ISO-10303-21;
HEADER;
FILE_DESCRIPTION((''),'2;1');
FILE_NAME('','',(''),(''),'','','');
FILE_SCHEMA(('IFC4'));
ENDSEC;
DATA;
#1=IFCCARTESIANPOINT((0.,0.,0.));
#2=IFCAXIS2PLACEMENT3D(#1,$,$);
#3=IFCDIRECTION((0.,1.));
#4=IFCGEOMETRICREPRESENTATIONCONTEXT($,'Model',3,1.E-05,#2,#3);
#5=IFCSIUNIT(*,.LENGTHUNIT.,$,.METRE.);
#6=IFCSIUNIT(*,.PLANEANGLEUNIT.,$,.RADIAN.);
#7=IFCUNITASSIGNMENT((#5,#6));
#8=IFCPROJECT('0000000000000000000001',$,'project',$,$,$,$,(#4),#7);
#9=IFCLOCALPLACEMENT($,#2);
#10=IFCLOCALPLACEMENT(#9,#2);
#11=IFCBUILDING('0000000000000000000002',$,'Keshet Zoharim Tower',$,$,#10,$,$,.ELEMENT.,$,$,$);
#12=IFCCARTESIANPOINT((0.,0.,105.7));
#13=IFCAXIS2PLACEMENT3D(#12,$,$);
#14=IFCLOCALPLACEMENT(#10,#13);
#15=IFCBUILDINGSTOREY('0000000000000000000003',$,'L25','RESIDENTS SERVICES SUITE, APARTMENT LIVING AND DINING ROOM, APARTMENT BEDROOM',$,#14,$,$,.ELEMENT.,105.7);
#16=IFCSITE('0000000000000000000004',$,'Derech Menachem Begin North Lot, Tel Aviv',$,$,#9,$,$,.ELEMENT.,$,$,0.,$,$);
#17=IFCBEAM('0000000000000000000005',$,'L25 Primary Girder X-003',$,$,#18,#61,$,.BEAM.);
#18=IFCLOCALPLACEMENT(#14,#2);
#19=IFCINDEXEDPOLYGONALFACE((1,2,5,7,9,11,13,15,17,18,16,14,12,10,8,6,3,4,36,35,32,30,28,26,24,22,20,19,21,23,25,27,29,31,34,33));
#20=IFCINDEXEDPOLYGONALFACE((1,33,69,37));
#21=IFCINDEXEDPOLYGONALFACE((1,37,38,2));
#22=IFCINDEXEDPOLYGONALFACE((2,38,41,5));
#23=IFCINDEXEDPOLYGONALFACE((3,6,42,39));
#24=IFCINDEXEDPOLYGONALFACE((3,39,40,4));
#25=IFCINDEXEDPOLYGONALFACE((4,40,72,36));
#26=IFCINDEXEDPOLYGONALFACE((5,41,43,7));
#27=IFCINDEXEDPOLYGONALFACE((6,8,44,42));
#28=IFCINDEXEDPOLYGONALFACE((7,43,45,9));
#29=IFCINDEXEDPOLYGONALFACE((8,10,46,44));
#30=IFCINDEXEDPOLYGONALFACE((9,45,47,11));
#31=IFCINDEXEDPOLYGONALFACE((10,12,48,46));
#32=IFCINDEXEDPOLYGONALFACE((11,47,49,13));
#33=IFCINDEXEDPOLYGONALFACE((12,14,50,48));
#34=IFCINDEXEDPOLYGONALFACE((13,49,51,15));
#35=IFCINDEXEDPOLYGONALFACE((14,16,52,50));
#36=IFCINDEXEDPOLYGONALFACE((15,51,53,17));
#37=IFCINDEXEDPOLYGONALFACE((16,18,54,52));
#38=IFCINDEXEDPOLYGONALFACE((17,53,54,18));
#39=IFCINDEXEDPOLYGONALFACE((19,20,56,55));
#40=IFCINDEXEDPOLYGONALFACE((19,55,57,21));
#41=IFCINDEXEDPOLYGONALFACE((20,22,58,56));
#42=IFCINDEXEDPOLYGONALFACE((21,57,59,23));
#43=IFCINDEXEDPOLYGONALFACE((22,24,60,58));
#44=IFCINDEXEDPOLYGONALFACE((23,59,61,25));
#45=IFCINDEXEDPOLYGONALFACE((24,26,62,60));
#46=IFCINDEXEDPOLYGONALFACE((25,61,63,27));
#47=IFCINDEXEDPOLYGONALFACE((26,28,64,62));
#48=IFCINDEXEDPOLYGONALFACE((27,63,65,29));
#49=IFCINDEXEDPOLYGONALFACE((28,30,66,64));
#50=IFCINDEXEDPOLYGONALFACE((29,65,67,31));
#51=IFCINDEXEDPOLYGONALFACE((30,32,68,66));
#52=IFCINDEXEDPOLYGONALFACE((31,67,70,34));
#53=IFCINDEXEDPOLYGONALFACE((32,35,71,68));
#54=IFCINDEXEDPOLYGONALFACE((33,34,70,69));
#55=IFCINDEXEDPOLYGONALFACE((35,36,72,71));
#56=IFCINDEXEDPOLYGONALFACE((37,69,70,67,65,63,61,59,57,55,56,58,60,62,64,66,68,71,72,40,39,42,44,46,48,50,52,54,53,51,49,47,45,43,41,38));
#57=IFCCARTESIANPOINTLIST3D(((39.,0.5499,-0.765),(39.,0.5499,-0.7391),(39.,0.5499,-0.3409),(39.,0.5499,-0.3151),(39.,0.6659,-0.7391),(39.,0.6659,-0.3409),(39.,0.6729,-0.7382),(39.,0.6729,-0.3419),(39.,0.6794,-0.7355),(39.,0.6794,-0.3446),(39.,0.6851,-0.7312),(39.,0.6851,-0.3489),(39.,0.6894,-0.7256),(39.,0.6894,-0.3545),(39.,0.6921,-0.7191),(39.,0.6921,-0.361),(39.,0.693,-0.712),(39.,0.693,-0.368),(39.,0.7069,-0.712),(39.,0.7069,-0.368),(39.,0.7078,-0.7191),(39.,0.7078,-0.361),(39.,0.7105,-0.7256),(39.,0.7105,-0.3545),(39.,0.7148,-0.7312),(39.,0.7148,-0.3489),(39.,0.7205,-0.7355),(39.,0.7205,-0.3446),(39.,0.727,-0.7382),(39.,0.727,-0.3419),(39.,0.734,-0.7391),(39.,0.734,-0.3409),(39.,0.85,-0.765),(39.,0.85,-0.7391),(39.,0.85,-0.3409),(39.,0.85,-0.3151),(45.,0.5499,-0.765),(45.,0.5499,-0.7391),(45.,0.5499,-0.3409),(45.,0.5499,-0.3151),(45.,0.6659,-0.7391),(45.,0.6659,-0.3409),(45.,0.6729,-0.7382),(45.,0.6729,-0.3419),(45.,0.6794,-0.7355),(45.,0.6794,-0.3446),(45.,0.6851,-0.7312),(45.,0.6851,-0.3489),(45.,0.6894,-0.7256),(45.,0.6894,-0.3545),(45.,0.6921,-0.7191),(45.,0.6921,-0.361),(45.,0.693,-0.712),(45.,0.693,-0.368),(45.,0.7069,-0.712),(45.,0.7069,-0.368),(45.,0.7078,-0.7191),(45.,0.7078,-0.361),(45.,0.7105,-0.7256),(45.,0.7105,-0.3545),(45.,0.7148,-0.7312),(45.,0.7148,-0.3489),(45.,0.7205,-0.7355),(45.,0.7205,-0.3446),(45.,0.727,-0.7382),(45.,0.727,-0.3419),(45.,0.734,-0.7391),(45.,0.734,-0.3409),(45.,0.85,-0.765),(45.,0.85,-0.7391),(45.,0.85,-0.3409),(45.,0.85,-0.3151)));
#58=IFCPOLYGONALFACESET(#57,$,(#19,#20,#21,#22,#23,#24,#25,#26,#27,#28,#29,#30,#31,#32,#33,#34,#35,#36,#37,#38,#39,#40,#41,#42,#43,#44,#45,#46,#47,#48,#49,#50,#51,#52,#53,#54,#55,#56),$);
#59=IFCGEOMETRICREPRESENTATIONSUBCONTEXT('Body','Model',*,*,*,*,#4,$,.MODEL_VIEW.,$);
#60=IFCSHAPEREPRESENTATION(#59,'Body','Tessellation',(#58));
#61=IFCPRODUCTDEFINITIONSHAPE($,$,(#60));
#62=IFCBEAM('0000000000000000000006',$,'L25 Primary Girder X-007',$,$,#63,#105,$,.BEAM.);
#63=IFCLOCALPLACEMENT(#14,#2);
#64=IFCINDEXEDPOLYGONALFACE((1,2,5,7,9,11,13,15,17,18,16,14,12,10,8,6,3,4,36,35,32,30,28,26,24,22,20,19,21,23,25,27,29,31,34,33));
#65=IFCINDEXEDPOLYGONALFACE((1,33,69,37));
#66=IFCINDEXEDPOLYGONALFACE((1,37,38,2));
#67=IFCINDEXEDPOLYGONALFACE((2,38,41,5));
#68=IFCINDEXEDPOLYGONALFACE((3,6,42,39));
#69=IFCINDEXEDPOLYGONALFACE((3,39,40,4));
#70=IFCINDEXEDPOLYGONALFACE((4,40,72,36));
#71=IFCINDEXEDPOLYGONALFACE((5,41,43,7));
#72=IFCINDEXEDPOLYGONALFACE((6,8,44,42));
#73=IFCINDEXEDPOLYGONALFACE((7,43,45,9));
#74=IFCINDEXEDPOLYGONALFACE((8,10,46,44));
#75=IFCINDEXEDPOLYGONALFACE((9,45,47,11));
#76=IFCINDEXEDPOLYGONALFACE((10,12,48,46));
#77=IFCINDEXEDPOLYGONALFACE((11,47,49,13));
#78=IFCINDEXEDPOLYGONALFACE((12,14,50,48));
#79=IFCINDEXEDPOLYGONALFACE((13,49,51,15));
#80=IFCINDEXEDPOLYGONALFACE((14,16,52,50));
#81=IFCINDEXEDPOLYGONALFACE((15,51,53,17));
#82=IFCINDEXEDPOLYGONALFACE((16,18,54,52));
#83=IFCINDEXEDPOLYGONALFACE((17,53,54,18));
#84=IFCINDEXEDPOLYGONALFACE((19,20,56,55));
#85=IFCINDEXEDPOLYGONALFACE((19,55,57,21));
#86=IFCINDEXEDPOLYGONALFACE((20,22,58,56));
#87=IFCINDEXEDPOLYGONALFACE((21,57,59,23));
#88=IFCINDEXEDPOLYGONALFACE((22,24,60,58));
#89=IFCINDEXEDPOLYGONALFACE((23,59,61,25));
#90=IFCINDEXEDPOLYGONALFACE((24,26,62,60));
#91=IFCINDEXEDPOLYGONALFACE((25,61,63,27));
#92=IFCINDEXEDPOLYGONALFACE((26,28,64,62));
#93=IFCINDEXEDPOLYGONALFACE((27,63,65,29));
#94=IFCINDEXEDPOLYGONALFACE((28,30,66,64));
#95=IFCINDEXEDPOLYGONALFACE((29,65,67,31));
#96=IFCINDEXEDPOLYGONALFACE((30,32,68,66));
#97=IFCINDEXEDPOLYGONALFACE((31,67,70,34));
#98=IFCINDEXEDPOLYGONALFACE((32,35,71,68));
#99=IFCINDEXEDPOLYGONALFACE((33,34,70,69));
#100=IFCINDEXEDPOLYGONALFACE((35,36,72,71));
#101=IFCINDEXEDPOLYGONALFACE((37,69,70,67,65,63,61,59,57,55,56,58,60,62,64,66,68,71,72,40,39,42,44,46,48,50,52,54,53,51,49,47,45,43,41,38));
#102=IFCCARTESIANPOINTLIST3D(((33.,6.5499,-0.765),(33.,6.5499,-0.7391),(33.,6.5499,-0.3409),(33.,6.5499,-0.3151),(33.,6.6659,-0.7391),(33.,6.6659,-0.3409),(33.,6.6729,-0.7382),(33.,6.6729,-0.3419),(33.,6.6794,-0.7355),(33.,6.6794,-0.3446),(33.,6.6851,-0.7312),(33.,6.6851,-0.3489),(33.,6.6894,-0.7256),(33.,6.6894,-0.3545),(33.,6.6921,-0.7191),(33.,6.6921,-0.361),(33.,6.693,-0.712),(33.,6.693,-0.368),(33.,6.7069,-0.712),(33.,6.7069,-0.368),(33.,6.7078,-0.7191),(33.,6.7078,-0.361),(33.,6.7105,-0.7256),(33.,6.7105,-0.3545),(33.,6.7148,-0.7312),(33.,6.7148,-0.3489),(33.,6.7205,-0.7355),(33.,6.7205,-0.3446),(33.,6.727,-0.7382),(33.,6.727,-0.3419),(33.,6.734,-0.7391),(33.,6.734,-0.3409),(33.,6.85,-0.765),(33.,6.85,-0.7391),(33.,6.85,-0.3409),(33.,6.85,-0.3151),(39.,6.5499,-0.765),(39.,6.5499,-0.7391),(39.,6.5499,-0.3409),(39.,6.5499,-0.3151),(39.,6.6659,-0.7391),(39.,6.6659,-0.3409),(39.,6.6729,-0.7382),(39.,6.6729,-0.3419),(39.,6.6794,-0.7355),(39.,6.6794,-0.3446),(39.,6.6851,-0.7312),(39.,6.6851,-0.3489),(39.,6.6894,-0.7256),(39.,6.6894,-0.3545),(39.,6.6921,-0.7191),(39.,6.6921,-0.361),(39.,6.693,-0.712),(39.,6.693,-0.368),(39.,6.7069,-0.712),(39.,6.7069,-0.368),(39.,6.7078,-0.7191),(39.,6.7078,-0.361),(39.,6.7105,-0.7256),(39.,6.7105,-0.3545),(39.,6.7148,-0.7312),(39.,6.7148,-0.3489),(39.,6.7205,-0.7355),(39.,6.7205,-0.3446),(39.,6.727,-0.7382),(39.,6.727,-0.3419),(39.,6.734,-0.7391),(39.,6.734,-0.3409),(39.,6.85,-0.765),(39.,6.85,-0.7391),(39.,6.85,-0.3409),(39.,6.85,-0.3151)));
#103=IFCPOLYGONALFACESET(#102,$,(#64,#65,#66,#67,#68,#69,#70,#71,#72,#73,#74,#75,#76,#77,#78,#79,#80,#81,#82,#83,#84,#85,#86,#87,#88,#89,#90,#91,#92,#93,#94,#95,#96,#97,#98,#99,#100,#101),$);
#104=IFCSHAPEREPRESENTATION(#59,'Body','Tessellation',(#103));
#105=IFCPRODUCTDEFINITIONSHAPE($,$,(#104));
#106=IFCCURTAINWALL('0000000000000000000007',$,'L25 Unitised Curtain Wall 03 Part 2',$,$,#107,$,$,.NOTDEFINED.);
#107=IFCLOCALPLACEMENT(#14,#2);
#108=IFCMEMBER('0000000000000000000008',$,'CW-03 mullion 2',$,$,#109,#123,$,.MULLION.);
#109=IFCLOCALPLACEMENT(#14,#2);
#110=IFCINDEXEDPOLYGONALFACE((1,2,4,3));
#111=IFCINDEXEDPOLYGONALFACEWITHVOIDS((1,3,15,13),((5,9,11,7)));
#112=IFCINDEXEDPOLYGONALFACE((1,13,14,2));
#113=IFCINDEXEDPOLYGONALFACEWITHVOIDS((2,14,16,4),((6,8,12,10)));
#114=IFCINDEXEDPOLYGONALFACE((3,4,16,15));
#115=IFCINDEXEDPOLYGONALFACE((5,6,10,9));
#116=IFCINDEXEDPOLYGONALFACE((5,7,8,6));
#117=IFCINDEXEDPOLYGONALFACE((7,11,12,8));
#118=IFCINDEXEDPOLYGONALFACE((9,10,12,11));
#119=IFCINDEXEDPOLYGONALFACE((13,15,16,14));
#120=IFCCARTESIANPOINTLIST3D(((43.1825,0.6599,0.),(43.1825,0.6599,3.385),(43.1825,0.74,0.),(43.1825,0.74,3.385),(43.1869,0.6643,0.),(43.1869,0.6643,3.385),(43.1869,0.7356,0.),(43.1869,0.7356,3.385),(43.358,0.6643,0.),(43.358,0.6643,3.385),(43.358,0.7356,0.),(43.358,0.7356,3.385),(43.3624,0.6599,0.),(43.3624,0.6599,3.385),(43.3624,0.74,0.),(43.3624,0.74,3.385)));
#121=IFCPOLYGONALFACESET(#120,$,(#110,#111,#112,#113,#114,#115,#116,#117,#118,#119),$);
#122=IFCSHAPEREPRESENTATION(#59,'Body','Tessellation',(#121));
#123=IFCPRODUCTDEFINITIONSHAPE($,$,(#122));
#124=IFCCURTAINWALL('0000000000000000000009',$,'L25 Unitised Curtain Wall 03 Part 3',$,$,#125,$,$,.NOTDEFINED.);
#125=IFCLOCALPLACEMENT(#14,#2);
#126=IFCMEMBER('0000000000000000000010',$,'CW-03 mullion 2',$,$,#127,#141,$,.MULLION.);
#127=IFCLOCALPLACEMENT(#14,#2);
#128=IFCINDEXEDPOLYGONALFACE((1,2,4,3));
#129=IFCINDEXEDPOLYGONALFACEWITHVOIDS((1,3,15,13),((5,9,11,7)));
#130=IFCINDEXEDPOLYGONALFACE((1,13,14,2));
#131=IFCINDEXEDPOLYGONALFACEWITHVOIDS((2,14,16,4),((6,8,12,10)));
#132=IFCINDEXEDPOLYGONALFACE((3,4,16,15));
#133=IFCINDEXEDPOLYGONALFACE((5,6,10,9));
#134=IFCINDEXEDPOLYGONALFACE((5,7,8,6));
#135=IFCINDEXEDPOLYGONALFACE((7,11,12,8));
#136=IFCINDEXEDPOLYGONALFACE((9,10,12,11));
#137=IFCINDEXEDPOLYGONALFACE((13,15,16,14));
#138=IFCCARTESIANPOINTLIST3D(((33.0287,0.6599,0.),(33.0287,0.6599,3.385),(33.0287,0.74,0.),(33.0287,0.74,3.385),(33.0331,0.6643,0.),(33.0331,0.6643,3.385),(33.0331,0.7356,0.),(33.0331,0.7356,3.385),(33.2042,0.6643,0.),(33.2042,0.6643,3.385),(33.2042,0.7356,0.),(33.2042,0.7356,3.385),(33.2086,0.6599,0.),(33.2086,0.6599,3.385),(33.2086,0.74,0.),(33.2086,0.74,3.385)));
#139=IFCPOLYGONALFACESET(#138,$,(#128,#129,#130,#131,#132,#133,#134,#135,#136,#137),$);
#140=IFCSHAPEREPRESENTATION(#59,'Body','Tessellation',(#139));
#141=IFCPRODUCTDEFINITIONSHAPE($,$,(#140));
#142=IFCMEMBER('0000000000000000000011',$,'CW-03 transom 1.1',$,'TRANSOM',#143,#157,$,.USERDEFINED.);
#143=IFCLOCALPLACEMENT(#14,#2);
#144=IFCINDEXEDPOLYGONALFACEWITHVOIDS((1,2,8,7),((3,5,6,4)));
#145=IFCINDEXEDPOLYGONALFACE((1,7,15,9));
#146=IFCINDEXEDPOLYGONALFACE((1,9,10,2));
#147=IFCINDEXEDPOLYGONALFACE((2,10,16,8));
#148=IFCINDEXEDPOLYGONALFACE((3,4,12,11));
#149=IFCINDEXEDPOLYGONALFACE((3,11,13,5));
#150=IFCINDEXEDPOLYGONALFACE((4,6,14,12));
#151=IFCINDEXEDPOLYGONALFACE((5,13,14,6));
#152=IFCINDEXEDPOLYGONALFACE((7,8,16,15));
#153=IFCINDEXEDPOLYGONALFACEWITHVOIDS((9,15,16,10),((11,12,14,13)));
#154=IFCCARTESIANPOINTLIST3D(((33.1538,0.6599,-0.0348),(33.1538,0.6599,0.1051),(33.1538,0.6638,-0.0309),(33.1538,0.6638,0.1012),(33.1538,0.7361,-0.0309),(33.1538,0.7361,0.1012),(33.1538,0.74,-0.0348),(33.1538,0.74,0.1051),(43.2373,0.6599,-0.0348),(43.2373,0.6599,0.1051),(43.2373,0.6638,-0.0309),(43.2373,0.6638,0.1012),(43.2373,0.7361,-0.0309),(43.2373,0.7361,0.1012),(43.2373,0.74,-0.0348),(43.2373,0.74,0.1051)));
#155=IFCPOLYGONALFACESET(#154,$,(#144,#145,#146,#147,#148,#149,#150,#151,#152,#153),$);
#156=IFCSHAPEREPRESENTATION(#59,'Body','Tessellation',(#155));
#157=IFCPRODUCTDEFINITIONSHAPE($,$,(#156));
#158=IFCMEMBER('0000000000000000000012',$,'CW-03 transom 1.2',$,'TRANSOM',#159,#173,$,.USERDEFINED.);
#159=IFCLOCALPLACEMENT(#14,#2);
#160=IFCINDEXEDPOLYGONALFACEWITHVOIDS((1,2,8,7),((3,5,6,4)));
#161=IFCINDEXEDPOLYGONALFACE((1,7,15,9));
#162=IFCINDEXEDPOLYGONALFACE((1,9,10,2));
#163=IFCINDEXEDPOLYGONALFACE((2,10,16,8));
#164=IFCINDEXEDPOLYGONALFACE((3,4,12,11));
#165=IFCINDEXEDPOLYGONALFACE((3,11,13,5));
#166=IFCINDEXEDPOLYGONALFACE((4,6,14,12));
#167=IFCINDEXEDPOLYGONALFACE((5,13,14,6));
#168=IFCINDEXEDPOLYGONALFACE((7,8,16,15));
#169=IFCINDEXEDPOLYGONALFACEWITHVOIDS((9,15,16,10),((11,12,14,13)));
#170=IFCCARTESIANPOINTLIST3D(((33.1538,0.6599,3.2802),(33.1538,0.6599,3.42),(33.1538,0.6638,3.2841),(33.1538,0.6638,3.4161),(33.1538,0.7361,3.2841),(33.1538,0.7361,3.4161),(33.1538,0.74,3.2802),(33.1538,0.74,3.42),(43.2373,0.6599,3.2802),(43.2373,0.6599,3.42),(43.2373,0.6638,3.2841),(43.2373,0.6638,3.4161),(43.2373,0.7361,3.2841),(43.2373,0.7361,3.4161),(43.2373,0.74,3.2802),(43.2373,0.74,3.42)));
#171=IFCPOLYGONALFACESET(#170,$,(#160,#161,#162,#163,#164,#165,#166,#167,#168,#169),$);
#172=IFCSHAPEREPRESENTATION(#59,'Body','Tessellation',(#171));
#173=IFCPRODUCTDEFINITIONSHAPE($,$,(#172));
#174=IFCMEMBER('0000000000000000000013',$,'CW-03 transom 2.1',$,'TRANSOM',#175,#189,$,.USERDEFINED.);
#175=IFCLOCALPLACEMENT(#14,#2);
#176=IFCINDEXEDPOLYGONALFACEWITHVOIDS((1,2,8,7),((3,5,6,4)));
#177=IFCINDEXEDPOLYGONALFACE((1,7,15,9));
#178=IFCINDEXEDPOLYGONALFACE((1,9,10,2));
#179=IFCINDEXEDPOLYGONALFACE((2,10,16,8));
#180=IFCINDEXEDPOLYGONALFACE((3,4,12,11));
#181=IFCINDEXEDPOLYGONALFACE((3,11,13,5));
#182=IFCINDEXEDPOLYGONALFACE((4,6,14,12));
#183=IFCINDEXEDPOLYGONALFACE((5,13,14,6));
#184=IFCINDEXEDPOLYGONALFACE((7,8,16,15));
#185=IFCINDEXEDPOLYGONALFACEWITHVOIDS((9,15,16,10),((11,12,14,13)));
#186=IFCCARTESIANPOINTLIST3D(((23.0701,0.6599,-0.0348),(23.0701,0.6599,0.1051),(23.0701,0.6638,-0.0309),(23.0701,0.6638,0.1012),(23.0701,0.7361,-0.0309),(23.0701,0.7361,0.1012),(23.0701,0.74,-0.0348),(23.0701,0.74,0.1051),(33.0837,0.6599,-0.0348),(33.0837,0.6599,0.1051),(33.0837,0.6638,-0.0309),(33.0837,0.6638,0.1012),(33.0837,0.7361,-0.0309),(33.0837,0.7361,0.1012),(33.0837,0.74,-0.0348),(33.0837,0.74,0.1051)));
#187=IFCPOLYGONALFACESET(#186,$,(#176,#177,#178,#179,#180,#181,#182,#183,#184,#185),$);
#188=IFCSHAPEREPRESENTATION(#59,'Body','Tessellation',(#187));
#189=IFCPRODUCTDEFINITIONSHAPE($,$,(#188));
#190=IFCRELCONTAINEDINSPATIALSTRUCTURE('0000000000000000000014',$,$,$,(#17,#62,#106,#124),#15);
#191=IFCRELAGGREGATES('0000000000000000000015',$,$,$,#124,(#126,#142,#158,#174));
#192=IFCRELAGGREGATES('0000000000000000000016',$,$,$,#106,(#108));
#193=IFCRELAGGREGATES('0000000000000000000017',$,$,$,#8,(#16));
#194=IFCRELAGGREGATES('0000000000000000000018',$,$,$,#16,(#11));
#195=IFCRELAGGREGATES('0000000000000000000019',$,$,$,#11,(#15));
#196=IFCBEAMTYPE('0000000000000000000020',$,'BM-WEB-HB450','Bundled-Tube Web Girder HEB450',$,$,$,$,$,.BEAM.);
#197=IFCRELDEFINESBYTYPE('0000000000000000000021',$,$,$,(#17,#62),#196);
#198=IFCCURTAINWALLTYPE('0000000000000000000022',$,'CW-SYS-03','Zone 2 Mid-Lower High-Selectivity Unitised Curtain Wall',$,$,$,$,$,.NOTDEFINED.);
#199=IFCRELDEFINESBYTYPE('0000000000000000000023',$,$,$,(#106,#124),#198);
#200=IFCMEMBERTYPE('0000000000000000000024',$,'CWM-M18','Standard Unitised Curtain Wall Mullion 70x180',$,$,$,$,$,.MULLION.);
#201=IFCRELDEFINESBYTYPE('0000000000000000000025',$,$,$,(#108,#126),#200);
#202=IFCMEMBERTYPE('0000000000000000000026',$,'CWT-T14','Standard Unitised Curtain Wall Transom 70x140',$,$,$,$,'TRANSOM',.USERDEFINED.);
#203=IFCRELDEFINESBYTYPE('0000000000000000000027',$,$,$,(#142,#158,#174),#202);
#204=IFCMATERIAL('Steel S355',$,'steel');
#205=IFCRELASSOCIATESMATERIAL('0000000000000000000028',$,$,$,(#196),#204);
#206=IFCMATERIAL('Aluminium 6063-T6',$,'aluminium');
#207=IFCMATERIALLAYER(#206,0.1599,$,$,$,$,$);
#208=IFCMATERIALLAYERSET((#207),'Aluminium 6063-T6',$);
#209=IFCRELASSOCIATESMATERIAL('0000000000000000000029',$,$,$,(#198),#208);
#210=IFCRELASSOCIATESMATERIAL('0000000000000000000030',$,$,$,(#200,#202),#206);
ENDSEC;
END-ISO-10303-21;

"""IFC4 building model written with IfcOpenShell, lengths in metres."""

from ifc_helpers import new_model, si_unit, direction, frame, origin, origin_2d, place, context, subcontext, project, spatial, hollow_rectangle, i_section, extrude, material, layer, layer_set, material_profile, profile_set, type_object, element, aggregate, save


model = new_model("IFC4")

# Units and contexts
model_context = context("Model", 3, precision=1e-05, world=origin(), true_north=direction((0.0, 1.0)))
body_context = subcontext(model_context, "Body", "Model", "MODEL_VIEW")
ifc_project = project(units=[si_unit("LENGTHUNIT", "METRE"), si_unit("PLANEANGLEUNIT", "RADIAN")], contexts=[model_context])

# Site, building, storey
site_placement = place(None, origin())
site = spatial("IfcSite", under=ifc_project, at=site_placement, Name="Derech Menachem Begin North Lot, Tel Aviv", CompositionType="ELEMENT", RefElevation=0.0)
building_placement = place(site_placement, origin())
building = spatial("IfcBuilding", under=site, at=building_placement, Name="Keshet Zoharim Tower", CompositionType="ELEMENT")
storey_placement = place(building_placement, frame((0.0, 0.0, 105.7)))
storey = spatial("IfcBuildingStorey", under=building, at=storey_placement, Name="L25", Description="RESIDENTS SERVICES SUITE, APARTMENT LIVING AND DINING ROOM, APARTMENT BEDROOM", CompositionType="ELEMENT", Elevation=105.7)

# Shared definitions
ifc_material_1 = material(Name="Steel S355", Category="steel")

# Beams
ifc_material_profile_1 = material_profile(ifc_material_1, i_section(OverallWidth=0.3, OverallDepth=0.45, WebThickness=0.0139, FlangeThickness=0.0259, FilletRadius=0.0271, at=origin_2d()), Name="HEB450")
ifc_profile_set_1 = profile_set([ifc_material_profile_1], Name="Steel S355")
beam_type_1 = type_object("IfcBeamType", Name="BM-WEB-HB450", Description="Bundled-Tube Web Girder HEB450", PredefinedType="BEAM", material=ifc_profile_set_1)
for number, where, z_axis, x_axis, name in (
    (1, (39.0, 0.7, -0.54), (1.0, 0.0, 0.0), (0.0, 1.0, 0.0), "L25 Primary Girder X-003"),
    (2, (33.0, 6.7, -0.54), (1.0, 0.0, 0.0), (0.0, 1.0, 0.0), "L25 Primary Girder X-007"),
):
    element("IfcBeam", number, at=place(storey_placement, frame(where, z_axis=z_axis, x_axis=x_axis)), inside=storey, type_object=beam_type_1, Name=name, PredefinedType="BEAM", context=body_context, shape_type="SweptSolid", body=[
        extrude(i_section(OverallWidth=0.3, OverallDepth=0.45, WebThickness=0.0139, FlangeThickness=0.0259, FilletRadius=0.0271, at=origin_2d()), origin(), (0.0, 0.0, 1.0), 6.0),
    ])

# Curtain wall, member
ifc_material_2 = material(Name="Aluminium 6063-T6", Category="aluminium")
ifc_layer_1 = layer(ifc_material_2, 0.1599)
ifc_layer_set_1 = layer_set([ifc_layer_1], Name="Aluminium 6063-T6")
curtain_wall_type = type_object("IfcCurtainWallType", Name="CW-SYS-03", Description="Zone 2 Mid-Lower High-Selectivity Unitised Curtain Wall", PredefinedType="NOTDEFINED", material=ifc_layer_set_1)
curtain_wall_1_placement = place(storey_placement, origin())
curtain_wall_1 = element("IfcCurtainWall", 3, at=curtain_wall_1_placement, inside=storey, type_object=curtain_wall_type, Name="L25 Unitised Curtain Wall 03 Part 2", PredefinedType="NOTDEFINED")
ifc_material_profile_2 = material_profile(ifc_material_2, hollow_rectangle(XDim=0.0801, YDim=0.1799, WallThickness=0.0044, at=origin_2d()), Name="MUL-80x180")
ifc_profile_set_2 = profile_set([ifc_material_profile_2], Name="Aluminium 6063-T6")
member_type_1 = type_object("IfcMemberType", Name="CWM-M18", Description="Standard Unitised Curtain Wall Mullion 70x180", PredefinedType="MULLION", material=ifc_profile_set_2)
member_1_placement = place(storey_placement, frame((43.2725, 0.7, 0.0), z_axis=(0.0, 0.0, 1.0), x_axis=(0.0, -1.0, 0.0)))
member_1 = element("IfcMember", 4, at=member_1_placement, type_object=member_type_1, Name="CW-03 mullion 2", PredefinedType="MULLION", context=body_context, shape_type="SweptSolid", body=[
    extrude(hollow_rectangle(XDim=0.0801, YDim=0.1799, WallThickness=0.0044, at=origin_2d()), origin(), (0.0, 0.0, 1.0), 3.385),
])

# Curtain wall, members
curtain_wall_2_placement = place(storey_placement, origin())
curtain_wall_2 = element("IfcCurtainWall", 5, at=curtain_wall_2_placement, inside=storey, type_object=curtain_wall_type, Name="L25 Unitised Curtain Wall 03 Part 3", PredefinedType="NOTDEFINED")
member_2_placement = place(storey_placement, frame((33.1187, 0.7, 0.0), z_axis=(0.0, 0.0, 1.0), x_axis=(0.0, -1.0, 0.0)))
member_2 = element("IfcMember", 6, at=member_2_placement, type_object=member_type_1, Name="CW-03 mullion 2", PredefinedType="MULLION", context=body_context, shape_type="SweptSolid", body=[
    extrude(hollow_rectangle(XDim=0.0801, YDim=0.1799, WallThickness=0.0044, at=origin_2d()), origin(), (0.0, 0.0, 1.0), 3.385),
])
ifc_material_profile_3 = material_profile(ifc_material_2, hollow_rectangle(XDim=0.0801, YDim=0.1399, WallThickness=0.0039, at=origin_2d()), Name="TRN-80x140")
ifc_profile_set_3 = profile_set([ifc_material_profile_3], Name="Aluminium 6063-T6")
member_type_2 = type_object("IfcMemberType", Name="CWT-T14", Description="Standard Unitised Curtain Wall Transom 70x140", ElementType="TRANSOM", PredefinedType="USERDEFINED", material=ifc_profile_set_3)
member_3_placement = place(storey_placement, frame((43.2373, 0.7, 0.0352), z_axis=(-1.0, 0.0, 0.0), x_axis=(0.0, -1.0, 0.0)))
member_3 = element("IfcMember", 7, at=member_3_placement, type_object=member_type_2, Name="CW-03 transom 1.1", ObjectType="TRANSOM", PredefinedType="USERDEFINED", context=body_context, shape_type="SweptSolid", body=[
    extrude(hollow_rectangle(XDim=0.0801, YDim=0.1399, WallThickness=0.0039, at=origin_2d()), origin(), (0.0, 0.0, 1.0), 10.0835),
])
member_4_placement = place(storey_placement, frame((43.2373, 0.7, 3.3501), z_axis=(-1.0, 0.0, 0.0), x_axis=(0.0, -1.0, 0.0)))
member_4 = element("IfcMember", 8, at=member_4_placement, type_object=member_type_2, Name="CW-03 transom 1.2", ObjectType="TRANSOM", PredefinedType="USERDEFINED", context=body_context, shape_type="SweptSolid", body=[
    extrude(hollow_rectangle(XDim=0.0801, YDim=0.1399, WallThickness=0.0039, at=origin_2d()), origin(), (0.0, 0.0, 1.0), 10.0835),
])
member_5_placement = place(storey_placement, frame((33.0837, 0.7, 0.0352), z_axis=(-1.0, 0.0, 0.0), x_axis=(0.0, -1.0, 0.0)))
member_5 = element("IfcMember", 9, at=member_5_placement, type_object=member_type_2, Name="CW-03 transom 2.1", ObjectType="TRANSOM", PredefinedType="USERDEFINED", context=body_context, shape_type="SweptSolid", body=[
    extrude(hollow_rectangle(XDim=0.0801, YDim=0.1399, WallThickness=0.0039, at=origin_2d()), origin(), (0.0, 0.0, 1.0), 10.0137),
])
aggregate(curtain_wall_2, [member_2, member_3, member_4, member_5])

aggregate(curtain_wall_1, [member_1])

save(model, "model.ifc")
